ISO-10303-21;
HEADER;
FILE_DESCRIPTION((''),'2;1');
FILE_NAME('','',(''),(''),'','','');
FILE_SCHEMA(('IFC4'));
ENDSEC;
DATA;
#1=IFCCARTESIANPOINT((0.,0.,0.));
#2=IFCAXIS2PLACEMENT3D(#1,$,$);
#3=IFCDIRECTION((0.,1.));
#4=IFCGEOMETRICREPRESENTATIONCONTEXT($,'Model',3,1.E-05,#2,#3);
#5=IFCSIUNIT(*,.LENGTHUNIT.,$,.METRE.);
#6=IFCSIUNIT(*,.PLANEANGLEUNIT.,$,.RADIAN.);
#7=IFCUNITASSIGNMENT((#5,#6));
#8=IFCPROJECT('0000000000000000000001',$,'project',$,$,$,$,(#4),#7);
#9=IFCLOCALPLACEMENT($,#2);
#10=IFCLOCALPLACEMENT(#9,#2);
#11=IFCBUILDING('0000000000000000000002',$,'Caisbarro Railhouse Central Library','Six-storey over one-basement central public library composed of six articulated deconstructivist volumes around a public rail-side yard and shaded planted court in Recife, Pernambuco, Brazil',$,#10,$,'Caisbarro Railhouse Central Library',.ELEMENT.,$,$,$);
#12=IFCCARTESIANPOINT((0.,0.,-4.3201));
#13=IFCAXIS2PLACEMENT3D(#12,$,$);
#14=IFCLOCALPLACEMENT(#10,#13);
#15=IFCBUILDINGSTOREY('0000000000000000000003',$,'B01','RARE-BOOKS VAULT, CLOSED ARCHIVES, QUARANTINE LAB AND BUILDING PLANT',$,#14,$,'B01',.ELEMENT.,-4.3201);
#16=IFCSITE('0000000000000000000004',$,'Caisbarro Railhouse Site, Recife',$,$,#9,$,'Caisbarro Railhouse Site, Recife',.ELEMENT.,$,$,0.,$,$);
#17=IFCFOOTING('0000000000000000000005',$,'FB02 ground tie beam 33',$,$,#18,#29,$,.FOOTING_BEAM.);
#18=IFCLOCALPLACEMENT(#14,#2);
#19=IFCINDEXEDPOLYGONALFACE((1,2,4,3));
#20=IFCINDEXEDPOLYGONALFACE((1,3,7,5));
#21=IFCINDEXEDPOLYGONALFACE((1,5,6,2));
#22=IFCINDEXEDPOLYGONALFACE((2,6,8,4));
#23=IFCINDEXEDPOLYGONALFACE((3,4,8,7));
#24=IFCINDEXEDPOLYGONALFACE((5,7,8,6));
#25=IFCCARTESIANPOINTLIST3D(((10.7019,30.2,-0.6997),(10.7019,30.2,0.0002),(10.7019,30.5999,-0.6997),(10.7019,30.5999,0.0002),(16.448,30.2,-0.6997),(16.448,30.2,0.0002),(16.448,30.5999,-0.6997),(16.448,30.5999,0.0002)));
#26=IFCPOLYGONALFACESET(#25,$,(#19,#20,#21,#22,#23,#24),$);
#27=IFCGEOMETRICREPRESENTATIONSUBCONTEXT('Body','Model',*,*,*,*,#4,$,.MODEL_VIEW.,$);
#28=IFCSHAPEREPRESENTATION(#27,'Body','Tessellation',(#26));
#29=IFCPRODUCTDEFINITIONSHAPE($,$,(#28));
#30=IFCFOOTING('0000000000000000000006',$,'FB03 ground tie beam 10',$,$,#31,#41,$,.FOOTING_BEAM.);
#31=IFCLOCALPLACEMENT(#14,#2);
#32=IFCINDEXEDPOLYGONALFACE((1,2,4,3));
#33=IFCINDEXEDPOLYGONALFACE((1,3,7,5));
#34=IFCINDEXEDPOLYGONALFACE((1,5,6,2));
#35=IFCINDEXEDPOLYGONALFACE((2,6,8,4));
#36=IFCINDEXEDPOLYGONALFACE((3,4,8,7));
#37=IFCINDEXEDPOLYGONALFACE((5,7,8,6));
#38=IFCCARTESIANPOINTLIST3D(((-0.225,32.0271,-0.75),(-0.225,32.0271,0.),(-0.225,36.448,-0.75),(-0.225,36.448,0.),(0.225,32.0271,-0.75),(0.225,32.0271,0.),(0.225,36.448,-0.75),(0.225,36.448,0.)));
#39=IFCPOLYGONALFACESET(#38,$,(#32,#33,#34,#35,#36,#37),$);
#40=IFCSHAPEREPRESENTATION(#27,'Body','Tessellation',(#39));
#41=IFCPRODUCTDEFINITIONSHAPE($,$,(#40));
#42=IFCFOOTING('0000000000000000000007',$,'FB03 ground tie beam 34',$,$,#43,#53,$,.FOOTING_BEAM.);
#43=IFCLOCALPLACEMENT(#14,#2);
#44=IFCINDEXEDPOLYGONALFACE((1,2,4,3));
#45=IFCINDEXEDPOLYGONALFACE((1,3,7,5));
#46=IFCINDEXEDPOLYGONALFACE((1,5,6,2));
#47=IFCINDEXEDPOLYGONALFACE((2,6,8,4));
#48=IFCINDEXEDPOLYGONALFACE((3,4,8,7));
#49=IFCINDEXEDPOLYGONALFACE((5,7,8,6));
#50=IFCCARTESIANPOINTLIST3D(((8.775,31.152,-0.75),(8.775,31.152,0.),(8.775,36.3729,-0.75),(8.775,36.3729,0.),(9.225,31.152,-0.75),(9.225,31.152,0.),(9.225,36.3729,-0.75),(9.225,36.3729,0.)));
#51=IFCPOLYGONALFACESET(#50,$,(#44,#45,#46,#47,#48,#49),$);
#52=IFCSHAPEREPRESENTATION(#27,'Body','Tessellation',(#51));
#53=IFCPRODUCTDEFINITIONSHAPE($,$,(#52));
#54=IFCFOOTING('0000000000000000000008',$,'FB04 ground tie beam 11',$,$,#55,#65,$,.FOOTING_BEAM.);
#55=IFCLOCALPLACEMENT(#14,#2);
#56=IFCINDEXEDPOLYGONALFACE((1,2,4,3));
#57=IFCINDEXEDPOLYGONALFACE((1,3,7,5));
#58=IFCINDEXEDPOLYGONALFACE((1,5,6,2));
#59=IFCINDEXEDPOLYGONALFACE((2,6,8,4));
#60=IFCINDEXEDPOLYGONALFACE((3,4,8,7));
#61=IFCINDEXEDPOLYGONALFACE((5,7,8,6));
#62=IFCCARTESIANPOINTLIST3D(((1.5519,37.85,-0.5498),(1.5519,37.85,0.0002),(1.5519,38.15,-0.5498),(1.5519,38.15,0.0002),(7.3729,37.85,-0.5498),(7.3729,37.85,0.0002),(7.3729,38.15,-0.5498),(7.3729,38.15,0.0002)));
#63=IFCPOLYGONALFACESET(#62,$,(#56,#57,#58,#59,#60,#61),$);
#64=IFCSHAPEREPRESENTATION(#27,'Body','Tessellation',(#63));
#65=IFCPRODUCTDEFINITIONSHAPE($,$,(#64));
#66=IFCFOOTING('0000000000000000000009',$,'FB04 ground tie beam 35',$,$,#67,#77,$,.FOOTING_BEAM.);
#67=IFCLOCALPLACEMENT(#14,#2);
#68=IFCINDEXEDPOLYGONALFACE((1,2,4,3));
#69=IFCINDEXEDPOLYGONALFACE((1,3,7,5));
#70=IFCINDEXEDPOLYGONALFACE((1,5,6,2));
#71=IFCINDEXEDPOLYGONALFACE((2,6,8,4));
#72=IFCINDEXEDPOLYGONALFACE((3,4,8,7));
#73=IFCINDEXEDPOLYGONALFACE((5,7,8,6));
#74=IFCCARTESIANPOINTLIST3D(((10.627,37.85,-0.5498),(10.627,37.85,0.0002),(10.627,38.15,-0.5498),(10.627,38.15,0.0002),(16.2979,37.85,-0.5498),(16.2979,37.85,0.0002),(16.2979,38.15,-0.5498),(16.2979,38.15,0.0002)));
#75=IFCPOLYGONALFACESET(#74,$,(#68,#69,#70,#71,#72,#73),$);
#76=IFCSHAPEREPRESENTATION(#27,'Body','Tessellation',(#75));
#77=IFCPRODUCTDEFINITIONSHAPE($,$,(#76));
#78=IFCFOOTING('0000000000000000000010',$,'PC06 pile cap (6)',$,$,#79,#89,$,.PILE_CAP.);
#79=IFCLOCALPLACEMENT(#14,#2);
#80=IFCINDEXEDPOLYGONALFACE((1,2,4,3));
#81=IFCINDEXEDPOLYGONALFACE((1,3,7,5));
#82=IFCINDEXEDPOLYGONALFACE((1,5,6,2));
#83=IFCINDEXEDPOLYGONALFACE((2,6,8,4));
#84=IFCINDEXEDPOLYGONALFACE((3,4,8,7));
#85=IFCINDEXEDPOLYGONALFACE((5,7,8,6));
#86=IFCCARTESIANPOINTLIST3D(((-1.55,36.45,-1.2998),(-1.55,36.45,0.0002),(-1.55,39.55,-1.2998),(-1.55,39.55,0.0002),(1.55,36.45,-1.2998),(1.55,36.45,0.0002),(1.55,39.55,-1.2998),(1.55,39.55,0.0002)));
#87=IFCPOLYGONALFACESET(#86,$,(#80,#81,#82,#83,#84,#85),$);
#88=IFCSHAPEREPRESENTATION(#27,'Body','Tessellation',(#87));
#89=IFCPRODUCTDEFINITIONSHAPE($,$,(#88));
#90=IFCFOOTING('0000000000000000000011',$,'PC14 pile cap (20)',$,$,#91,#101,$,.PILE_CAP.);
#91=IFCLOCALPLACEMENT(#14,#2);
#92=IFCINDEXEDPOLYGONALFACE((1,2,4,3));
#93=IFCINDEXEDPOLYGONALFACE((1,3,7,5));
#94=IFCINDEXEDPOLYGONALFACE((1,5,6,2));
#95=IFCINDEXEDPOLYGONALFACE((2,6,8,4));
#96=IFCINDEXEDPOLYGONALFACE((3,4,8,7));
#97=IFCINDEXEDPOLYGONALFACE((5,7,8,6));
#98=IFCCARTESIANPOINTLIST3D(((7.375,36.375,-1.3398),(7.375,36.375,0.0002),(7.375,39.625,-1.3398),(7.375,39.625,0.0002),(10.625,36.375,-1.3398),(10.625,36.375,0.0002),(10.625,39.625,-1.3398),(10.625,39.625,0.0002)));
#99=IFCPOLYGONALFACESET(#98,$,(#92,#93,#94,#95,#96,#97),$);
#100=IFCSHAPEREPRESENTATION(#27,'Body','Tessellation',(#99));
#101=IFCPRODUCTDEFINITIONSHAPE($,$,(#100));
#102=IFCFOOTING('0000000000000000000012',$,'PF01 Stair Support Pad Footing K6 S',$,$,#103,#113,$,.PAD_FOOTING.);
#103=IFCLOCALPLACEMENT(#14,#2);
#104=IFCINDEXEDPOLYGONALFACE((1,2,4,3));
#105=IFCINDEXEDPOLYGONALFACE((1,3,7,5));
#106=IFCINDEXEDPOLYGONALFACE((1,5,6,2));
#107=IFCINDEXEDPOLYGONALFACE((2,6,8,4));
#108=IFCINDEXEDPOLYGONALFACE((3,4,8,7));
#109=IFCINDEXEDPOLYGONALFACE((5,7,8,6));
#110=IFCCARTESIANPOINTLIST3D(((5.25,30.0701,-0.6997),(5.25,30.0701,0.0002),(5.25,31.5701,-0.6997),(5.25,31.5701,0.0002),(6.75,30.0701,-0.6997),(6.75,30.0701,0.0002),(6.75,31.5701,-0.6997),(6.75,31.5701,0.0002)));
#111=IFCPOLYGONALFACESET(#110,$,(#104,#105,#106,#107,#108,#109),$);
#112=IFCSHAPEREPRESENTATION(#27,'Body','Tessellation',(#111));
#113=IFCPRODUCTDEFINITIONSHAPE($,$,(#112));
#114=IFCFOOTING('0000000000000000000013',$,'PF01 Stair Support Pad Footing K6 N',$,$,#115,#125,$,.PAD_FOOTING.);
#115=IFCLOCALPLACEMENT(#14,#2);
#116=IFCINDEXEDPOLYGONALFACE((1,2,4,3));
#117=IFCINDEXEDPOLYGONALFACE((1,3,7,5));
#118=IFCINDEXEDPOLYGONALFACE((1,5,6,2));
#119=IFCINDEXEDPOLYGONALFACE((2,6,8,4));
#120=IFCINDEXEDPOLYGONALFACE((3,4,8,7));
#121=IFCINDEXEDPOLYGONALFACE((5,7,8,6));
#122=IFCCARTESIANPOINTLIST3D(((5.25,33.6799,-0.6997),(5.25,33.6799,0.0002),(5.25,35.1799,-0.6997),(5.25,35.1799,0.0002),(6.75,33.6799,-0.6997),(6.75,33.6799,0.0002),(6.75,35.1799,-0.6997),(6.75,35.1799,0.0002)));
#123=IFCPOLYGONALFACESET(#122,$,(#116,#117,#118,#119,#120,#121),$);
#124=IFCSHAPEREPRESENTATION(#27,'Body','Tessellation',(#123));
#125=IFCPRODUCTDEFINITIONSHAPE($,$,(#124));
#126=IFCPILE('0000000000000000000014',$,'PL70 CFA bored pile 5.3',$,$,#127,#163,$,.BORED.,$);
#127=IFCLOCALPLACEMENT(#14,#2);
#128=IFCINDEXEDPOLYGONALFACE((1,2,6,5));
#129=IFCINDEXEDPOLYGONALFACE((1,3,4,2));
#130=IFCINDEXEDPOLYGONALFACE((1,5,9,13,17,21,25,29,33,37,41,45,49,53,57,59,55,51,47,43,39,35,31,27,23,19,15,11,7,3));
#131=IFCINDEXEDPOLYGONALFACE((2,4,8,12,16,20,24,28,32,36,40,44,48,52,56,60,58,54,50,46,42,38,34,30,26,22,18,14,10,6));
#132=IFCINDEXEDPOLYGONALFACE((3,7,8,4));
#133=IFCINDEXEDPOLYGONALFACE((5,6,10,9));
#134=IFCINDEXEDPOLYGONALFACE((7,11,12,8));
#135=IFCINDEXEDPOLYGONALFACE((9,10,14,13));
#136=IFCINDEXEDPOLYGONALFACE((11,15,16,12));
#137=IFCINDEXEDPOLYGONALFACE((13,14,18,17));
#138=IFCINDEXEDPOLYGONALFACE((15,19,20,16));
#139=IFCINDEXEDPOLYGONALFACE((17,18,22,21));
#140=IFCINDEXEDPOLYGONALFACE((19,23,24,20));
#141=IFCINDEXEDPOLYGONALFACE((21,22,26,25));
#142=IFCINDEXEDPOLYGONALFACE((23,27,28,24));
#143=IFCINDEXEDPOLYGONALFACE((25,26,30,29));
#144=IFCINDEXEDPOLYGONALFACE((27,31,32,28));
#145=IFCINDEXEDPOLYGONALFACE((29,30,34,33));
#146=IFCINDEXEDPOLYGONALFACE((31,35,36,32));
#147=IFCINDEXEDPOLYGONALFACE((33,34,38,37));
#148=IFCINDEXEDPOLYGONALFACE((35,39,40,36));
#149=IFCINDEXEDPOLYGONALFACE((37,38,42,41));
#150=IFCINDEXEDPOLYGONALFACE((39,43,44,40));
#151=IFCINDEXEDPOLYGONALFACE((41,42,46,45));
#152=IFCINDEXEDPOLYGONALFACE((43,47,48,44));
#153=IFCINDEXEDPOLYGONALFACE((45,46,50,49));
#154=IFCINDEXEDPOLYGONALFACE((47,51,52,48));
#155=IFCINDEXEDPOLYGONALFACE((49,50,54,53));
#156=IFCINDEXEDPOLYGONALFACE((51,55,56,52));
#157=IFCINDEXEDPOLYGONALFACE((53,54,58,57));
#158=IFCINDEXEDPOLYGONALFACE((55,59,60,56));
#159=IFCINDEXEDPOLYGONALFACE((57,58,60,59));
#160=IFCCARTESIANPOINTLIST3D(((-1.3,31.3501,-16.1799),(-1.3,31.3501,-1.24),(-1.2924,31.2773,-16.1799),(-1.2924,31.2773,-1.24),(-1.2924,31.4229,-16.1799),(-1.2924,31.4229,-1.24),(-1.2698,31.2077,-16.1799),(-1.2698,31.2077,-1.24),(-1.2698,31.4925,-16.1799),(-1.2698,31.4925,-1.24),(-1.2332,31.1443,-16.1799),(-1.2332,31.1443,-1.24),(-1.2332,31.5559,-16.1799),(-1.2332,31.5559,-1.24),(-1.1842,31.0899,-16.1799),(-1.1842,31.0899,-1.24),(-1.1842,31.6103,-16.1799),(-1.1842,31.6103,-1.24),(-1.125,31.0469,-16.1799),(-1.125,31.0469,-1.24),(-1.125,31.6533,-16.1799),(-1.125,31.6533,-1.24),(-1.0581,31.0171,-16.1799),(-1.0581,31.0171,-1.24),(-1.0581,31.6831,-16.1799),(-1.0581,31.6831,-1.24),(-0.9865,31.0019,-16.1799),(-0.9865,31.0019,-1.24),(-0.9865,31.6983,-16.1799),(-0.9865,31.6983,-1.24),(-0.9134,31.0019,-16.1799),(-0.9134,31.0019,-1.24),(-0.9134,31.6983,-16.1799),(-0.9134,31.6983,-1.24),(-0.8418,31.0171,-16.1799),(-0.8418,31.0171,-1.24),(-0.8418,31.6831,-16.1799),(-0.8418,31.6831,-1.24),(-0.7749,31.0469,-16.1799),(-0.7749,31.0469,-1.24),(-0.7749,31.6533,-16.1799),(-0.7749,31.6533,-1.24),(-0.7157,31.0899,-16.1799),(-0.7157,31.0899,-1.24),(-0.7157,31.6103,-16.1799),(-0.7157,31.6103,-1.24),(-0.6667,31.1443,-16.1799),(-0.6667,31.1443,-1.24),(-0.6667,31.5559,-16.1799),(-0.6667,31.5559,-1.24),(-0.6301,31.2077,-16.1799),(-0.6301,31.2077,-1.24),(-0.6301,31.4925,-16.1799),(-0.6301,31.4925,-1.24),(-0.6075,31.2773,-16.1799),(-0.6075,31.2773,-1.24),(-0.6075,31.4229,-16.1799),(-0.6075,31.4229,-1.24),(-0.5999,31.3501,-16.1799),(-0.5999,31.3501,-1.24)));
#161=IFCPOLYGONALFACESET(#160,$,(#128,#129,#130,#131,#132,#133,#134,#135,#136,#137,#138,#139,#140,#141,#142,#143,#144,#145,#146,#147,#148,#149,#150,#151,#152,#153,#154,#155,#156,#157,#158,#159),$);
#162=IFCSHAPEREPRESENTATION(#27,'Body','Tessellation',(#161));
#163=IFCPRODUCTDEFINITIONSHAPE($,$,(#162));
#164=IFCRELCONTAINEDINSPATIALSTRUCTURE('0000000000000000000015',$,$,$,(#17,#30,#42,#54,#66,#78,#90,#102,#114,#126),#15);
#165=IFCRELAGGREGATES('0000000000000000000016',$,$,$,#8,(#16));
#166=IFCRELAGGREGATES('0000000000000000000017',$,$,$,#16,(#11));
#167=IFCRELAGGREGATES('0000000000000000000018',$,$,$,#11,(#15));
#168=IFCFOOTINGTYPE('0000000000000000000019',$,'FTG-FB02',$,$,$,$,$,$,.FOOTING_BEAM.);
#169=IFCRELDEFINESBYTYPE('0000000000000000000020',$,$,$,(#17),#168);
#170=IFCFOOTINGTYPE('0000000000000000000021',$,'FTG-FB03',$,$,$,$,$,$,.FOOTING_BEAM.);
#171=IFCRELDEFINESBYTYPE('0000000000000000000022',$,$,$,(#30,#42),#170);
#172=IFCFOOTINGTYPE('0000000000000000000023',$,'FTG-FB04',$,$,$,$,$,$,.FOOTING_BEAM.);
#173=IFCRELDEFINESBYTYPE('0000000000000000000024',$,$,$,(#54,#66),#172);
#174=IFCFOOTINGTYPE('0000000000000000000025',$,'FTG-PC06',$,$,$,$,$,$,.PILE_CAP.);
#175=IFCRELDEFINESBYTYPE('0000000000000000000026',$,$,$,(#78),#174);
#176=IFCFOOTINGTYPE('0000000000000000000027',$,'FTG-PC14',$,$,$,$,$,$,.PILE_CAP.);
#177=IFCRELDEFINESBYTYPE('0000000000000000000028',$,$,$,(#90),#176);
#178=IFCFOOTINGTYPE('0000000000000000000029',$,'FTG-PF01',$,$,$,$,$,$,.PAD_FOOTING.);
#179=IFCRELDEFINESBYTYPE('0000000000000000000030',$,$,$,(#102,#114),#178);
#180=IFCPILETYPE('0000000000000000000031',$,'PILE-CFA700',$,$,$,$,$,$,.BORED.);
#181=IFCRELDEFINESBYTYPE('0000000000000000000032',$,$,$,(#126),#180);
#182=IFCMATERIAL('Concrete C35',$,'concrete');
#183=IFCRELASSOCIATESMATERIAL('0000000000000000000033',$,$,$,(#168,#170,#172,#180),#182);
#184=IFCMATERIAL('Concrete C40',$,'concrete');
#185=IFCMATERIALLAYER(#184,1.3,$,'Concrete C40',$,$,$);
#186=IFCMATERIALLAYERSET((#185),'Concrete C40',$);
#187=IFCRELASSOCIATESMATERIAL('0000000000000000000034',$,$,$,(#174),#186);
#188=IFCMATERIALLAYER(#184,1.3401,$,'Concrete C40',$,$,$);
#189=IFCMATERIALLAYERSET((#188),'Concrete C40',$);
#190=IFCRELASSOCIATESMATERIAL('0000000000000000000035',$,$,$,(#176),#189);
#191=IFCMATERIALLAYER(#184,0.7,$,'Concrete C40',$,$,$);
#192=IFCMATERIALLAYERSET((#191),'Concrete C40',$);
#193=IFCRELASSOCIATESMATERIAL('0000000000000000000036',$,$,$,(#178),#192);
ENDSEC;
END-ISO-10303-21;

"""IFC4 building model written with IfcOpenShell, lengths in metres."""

from ifc_helpers import new_model, si_unit, direction, frame, origin, origin_2d, place, context, subcontext, project, spatial, rectangle, circle, extrude, material, layer, layer_set, material_profile, profile_set, type_object, element, save


model = new_model("IFC4")

# Units and contexts
model_context = context("Model", 3, precision=1e-05, world=origin(), true_north=direction((0.0, 1.0)))
body_context = subcontext(model_context, "Body", "Model", "MODEL_VIEW")
ifc_project = project(units=[si_unit("LENGTHUNIT", "METRE"), si_unit("PLANEANGLEUNIT", "RADIAN")], contexts=[model_context])

# Site, building, storey
site_placement = place(None, origin())
site = spatial("IfcSite", under=ifc_project, at=site_placement, Name="Caisbarro Railhouse Site, Recife", LongName="Caisbarro Railhouse Site, Recife", CompositionType="ELEMENT", RefElevation=0.0)
building_placement = place(site_placement, origin())
building = spatial("IfcBuilding", under=site, at=building_placement, Name="Caisbarro Railhouse Central Library", Description="Six-storey over one-basement central public library composed of six articulated deconstructivist volumes around a public rail-side yard and shaded planted court in Recife, Pernambuco, Brazil", LongName="Caisbarro Railhouse Central Library", CompositionType="ELEMENT")
storey_placement = place(building_placement, frame((0.0, 0.0, -4.3201)))
storey = spatial("IfcBuildingStorey", under=building, at=storey_placement, Name="B01", Description="RARE-BOOKS VAULT, CLOSED ARCHIVES, QUARANTINE LAB AND BUILDING PLANT", LongName="B01", CompositionType="ELEMENT", Elevation=-4.3201)

# Footings
ifc_material_1 = material(Name="Concrete C35", Category="concrete")
footing_type_1 = type_object("IfcFootingType", Name="FTG-FB02", PredefinedType="FOOTING_BEAM", material=ifc_material_1)
footing_1_placement = place(storey_placement, frame((13.575, 30.3999, -0.6997), z_axis=(0.0, 0.0, 1.0), x_axis=(1.0, 0.0, 0.0)))
element("IfcFooting", 1, at=footing_1_placement, inside=storey, type_object=footing_type_1, Name="FB02 ground tie beam 33", PredefinedType="FOOTING_BEAM", context=body_context, shape_type="SweptSolid", body=[
    extrude(rectangle(XDim=5.7461, YDim=0.3999, at=origin_2d()), origin(), (0.0, 0.0, 1.0), 0.7),
])
footing_type_2 = type_object("IfcFootingType", Name="FTG-FB03", PredefinedType="FOOTING_BEAM", material=ifc_material_1)
footing_2_placement = place(storey_placement, frame((0.0, 34.2375, -0.75), z_axis=(0.0, 0.0, 1.0), x_axis=(0.0, 1.0, 0.0)))
element("IfcFooting", 2, at=footing_2_placement, inside=storey, type_object=footing_type_2, Name="FB03 ground tie beam 10", PredefinedType="FOOTING_BEAM", context=body_context, shape_type="SweptSolid", body=[
    extrude(rectangle(XDim=4.4209, YDim=0.45, at=origin_2d()), origin(), (0.0, 0.0, 1.0), 0.75),
])
footing_3_placement = place(storey_placement, frame((9.0, 33.7625, -0.75), z_axis=(0.0, 0.0, 1.0), x_axis=(0.0, 1.0, 0.0)))
element("IfcFooting", 3, at=footing_3_placement, inside=storey, type_object=footing_type_2, Name="FB03 ground tie beam 34", PredefinedType="FOOTING_BEAM", context=body_context, shape_type="SweptSolid", body=[
    extrude(rectangle(XDim=5.2209, YDim=0.45, at=origin_2d()), origin(), (0.0, 0.0, 1.0), 0.75),
])
footing_type_3 = type_object("IfcFootingType", Name="FTG-FB04", PredefinedType="FOOTING_BEAM", material=ifc_material_1)
footing_4_placement = place(storey_placement, frame((4.4624, 38.0, -0.5498), z_axis=(0.0, 0.0, 1.0), x_axis=(1.0, 0.0, 0.0)))
element("IfcFooting", 4, at=footing_4_placement, inside=storey, type_object=footing_type_3, Name="FB04 ground tie beam 11", PredefinedType="FOOTING_BEAM", context=body_context, shape_type="SweptSolid", body=[
    extrude(rectangle(XDim=5.821, YDim=0.3, at=origin_2d()), origin(), (0.0, 0.0, 1.0), 0.55),
])
footing_5_placement = place(storey_placement, frame((13.4624, 38.0, -0.5498), z_axis=(0.0, 0.0, 1.0), x_axis=(1.0, 0.0, 0.0)))
element("IfcFooting", 5, at=footing_5_placement, inside=storey, type_object=footing_type_3, Name="FB04 ground tie beam 35", PredefinedType="FOOTING_BEAM", context=body_context, shape_type="SweptSolid", body=[
    extrude(rectangle(XDim=5.6709, YDim=0.3, at=origin_2d()), origin(), (0.0, 0.0, 1.0), 0.55),
])
ifc_material_2 = material(Name="Concrete C40", Category="concrete")
ifc_layer_1 = layer(ifc_material_2, 1.3, Name="Concrete C40")
ifc_layer_set_1 = layer_set([ifc_layer_1], Name="Concrete C40")
footing_type_4 = type_object("IfcFootingType", Name="FTG-PC06", PredefinedType="PILE_CAP", material=ifc_layer_set_1)
footing_6_placement = place(storey_placement, frame((0.0, 38.0, -1.2998), z_axis=(0.0, 0.0, 1.0), x_axis=(1.0, 0.0, 0.0)))
element("IfcFooting", 6, at=footing_6_placement, inside=storey, type_object=footing_type_4, Name="PC06 pile cap (6)", PredefinedType="PILE_CAP", context=body_context, shape_type="SweptSolid", body=[
    extrude(rectangle(XDim=3.1001, YDim=3.1001, at=origin_2d()), origin(), (0.0, 0.0, 1.0), 1.3),
])
ifc_layer_2 = layer(ifc_material_2, 1.3401, Name="Concrete C40")
ifc_layer_set_2 = layer_set([ifc_layer_2], Name="Concrete C40")
footing_type_5 = type_object("IfcFootingType", Name="FTG-PC14", PredefinedType="PILE_CAP", material=ifc_layer_set_2)
footing_7_placement = place(storey_placement, frame((9.0, 38.0, -1.3398), z_axis=(0.0, 0.0, 1.0), x_axis=(1.0, 0.0, 0.0)))
element("IfcFooting", 7, at=footing_7_placement, inside=storey, type_object=footing_type_5, Name="PC14 pile cap (20)", PredefinedType="PILE_CAP", context=body_context, shape_type="SweptSolid", body=[
    extrude(rectangle(XDim=3.25, YDim=3.25, at=origin_2d()), origin(), (0.0, 0.0, 1.0), 1.3401),
])
ifc_layer_3 = layer(ifc_material_2, 0.7, Name="Concrete C40")
ifc_layer_set_3 = layer_set([ifc_layer_3], Name="Concrete C40")
footing_type_6 = type_object("IfcFootingType", Name="FTG-PF01", PredefinedType="PAD_FOOTING", material=ifc_layer_set_3)
for number, where, z_axis, x_axis, name in (
    (8, (6.0, 30.8201, -0.6997), (0.0, 0.0, 1.0), (1.0, 0.0, 0.0), "PF01 Stair Support Pad Footing K6 S"),
    (9, (6.0, 34.4299, -0.6997), (0.0, 0.0, 1.0), (1.0, 0.0, 0.0), "PF01 Stair Support Pad Footing K6 N"),
):
    element("IfcFooting", number, at=place(storey_placement, frame(where, z_axis=z_axis, x_axis=x_axis)), inside=storey, type_object=footing_type_6, Name=name, PredefinedType="PAD_FOOTING", context=body_context, shape_type="SweptSolid", body=[
        extrude(rectangle(XDim=1.5, YDim=1.5, at=origin_2d()), origin(), (0.0, 0.0, 1.0), 0.7),
    ])

# Pile
ifc_material_profile_1 = material_profile(ifc_material_1, circle(Radius=0.3501, at=origin_2d()), Name="PILE-CFA-700")
ifc_profile_set_1 = profile_set([ifc_material_profile_1], Name="Concrete C35")
pile_type_1 = type_object("IfcPileType", Name="PILE-CFA700", PredefinedType="BORED", material=ifc_profile_set_1)
for number, where, z_axis, x_axis, name in (
    (10, (-0.95, 31.3501, -1.24), (0.0, 0.0, -1.0), (1.0, 0.0, 0.0), "PL70 CFA bored pile 5.3"),
):
    element("IfcPile", number, at=place(storey_placement, frame(where, z_axis=z_axis, x_axis=x_axis)), inside=storey, type_object=pile_type_1, Name=name, PredefinedType="BORED", context=body_context, shape_type="SweptSolid", body=[
        extrude(circle(Radius=0.3501, at=origin_2d()), origin(), (0.0, 0.0, 1.0), 14.9399),
    ])

save(model, "model.ifc")
